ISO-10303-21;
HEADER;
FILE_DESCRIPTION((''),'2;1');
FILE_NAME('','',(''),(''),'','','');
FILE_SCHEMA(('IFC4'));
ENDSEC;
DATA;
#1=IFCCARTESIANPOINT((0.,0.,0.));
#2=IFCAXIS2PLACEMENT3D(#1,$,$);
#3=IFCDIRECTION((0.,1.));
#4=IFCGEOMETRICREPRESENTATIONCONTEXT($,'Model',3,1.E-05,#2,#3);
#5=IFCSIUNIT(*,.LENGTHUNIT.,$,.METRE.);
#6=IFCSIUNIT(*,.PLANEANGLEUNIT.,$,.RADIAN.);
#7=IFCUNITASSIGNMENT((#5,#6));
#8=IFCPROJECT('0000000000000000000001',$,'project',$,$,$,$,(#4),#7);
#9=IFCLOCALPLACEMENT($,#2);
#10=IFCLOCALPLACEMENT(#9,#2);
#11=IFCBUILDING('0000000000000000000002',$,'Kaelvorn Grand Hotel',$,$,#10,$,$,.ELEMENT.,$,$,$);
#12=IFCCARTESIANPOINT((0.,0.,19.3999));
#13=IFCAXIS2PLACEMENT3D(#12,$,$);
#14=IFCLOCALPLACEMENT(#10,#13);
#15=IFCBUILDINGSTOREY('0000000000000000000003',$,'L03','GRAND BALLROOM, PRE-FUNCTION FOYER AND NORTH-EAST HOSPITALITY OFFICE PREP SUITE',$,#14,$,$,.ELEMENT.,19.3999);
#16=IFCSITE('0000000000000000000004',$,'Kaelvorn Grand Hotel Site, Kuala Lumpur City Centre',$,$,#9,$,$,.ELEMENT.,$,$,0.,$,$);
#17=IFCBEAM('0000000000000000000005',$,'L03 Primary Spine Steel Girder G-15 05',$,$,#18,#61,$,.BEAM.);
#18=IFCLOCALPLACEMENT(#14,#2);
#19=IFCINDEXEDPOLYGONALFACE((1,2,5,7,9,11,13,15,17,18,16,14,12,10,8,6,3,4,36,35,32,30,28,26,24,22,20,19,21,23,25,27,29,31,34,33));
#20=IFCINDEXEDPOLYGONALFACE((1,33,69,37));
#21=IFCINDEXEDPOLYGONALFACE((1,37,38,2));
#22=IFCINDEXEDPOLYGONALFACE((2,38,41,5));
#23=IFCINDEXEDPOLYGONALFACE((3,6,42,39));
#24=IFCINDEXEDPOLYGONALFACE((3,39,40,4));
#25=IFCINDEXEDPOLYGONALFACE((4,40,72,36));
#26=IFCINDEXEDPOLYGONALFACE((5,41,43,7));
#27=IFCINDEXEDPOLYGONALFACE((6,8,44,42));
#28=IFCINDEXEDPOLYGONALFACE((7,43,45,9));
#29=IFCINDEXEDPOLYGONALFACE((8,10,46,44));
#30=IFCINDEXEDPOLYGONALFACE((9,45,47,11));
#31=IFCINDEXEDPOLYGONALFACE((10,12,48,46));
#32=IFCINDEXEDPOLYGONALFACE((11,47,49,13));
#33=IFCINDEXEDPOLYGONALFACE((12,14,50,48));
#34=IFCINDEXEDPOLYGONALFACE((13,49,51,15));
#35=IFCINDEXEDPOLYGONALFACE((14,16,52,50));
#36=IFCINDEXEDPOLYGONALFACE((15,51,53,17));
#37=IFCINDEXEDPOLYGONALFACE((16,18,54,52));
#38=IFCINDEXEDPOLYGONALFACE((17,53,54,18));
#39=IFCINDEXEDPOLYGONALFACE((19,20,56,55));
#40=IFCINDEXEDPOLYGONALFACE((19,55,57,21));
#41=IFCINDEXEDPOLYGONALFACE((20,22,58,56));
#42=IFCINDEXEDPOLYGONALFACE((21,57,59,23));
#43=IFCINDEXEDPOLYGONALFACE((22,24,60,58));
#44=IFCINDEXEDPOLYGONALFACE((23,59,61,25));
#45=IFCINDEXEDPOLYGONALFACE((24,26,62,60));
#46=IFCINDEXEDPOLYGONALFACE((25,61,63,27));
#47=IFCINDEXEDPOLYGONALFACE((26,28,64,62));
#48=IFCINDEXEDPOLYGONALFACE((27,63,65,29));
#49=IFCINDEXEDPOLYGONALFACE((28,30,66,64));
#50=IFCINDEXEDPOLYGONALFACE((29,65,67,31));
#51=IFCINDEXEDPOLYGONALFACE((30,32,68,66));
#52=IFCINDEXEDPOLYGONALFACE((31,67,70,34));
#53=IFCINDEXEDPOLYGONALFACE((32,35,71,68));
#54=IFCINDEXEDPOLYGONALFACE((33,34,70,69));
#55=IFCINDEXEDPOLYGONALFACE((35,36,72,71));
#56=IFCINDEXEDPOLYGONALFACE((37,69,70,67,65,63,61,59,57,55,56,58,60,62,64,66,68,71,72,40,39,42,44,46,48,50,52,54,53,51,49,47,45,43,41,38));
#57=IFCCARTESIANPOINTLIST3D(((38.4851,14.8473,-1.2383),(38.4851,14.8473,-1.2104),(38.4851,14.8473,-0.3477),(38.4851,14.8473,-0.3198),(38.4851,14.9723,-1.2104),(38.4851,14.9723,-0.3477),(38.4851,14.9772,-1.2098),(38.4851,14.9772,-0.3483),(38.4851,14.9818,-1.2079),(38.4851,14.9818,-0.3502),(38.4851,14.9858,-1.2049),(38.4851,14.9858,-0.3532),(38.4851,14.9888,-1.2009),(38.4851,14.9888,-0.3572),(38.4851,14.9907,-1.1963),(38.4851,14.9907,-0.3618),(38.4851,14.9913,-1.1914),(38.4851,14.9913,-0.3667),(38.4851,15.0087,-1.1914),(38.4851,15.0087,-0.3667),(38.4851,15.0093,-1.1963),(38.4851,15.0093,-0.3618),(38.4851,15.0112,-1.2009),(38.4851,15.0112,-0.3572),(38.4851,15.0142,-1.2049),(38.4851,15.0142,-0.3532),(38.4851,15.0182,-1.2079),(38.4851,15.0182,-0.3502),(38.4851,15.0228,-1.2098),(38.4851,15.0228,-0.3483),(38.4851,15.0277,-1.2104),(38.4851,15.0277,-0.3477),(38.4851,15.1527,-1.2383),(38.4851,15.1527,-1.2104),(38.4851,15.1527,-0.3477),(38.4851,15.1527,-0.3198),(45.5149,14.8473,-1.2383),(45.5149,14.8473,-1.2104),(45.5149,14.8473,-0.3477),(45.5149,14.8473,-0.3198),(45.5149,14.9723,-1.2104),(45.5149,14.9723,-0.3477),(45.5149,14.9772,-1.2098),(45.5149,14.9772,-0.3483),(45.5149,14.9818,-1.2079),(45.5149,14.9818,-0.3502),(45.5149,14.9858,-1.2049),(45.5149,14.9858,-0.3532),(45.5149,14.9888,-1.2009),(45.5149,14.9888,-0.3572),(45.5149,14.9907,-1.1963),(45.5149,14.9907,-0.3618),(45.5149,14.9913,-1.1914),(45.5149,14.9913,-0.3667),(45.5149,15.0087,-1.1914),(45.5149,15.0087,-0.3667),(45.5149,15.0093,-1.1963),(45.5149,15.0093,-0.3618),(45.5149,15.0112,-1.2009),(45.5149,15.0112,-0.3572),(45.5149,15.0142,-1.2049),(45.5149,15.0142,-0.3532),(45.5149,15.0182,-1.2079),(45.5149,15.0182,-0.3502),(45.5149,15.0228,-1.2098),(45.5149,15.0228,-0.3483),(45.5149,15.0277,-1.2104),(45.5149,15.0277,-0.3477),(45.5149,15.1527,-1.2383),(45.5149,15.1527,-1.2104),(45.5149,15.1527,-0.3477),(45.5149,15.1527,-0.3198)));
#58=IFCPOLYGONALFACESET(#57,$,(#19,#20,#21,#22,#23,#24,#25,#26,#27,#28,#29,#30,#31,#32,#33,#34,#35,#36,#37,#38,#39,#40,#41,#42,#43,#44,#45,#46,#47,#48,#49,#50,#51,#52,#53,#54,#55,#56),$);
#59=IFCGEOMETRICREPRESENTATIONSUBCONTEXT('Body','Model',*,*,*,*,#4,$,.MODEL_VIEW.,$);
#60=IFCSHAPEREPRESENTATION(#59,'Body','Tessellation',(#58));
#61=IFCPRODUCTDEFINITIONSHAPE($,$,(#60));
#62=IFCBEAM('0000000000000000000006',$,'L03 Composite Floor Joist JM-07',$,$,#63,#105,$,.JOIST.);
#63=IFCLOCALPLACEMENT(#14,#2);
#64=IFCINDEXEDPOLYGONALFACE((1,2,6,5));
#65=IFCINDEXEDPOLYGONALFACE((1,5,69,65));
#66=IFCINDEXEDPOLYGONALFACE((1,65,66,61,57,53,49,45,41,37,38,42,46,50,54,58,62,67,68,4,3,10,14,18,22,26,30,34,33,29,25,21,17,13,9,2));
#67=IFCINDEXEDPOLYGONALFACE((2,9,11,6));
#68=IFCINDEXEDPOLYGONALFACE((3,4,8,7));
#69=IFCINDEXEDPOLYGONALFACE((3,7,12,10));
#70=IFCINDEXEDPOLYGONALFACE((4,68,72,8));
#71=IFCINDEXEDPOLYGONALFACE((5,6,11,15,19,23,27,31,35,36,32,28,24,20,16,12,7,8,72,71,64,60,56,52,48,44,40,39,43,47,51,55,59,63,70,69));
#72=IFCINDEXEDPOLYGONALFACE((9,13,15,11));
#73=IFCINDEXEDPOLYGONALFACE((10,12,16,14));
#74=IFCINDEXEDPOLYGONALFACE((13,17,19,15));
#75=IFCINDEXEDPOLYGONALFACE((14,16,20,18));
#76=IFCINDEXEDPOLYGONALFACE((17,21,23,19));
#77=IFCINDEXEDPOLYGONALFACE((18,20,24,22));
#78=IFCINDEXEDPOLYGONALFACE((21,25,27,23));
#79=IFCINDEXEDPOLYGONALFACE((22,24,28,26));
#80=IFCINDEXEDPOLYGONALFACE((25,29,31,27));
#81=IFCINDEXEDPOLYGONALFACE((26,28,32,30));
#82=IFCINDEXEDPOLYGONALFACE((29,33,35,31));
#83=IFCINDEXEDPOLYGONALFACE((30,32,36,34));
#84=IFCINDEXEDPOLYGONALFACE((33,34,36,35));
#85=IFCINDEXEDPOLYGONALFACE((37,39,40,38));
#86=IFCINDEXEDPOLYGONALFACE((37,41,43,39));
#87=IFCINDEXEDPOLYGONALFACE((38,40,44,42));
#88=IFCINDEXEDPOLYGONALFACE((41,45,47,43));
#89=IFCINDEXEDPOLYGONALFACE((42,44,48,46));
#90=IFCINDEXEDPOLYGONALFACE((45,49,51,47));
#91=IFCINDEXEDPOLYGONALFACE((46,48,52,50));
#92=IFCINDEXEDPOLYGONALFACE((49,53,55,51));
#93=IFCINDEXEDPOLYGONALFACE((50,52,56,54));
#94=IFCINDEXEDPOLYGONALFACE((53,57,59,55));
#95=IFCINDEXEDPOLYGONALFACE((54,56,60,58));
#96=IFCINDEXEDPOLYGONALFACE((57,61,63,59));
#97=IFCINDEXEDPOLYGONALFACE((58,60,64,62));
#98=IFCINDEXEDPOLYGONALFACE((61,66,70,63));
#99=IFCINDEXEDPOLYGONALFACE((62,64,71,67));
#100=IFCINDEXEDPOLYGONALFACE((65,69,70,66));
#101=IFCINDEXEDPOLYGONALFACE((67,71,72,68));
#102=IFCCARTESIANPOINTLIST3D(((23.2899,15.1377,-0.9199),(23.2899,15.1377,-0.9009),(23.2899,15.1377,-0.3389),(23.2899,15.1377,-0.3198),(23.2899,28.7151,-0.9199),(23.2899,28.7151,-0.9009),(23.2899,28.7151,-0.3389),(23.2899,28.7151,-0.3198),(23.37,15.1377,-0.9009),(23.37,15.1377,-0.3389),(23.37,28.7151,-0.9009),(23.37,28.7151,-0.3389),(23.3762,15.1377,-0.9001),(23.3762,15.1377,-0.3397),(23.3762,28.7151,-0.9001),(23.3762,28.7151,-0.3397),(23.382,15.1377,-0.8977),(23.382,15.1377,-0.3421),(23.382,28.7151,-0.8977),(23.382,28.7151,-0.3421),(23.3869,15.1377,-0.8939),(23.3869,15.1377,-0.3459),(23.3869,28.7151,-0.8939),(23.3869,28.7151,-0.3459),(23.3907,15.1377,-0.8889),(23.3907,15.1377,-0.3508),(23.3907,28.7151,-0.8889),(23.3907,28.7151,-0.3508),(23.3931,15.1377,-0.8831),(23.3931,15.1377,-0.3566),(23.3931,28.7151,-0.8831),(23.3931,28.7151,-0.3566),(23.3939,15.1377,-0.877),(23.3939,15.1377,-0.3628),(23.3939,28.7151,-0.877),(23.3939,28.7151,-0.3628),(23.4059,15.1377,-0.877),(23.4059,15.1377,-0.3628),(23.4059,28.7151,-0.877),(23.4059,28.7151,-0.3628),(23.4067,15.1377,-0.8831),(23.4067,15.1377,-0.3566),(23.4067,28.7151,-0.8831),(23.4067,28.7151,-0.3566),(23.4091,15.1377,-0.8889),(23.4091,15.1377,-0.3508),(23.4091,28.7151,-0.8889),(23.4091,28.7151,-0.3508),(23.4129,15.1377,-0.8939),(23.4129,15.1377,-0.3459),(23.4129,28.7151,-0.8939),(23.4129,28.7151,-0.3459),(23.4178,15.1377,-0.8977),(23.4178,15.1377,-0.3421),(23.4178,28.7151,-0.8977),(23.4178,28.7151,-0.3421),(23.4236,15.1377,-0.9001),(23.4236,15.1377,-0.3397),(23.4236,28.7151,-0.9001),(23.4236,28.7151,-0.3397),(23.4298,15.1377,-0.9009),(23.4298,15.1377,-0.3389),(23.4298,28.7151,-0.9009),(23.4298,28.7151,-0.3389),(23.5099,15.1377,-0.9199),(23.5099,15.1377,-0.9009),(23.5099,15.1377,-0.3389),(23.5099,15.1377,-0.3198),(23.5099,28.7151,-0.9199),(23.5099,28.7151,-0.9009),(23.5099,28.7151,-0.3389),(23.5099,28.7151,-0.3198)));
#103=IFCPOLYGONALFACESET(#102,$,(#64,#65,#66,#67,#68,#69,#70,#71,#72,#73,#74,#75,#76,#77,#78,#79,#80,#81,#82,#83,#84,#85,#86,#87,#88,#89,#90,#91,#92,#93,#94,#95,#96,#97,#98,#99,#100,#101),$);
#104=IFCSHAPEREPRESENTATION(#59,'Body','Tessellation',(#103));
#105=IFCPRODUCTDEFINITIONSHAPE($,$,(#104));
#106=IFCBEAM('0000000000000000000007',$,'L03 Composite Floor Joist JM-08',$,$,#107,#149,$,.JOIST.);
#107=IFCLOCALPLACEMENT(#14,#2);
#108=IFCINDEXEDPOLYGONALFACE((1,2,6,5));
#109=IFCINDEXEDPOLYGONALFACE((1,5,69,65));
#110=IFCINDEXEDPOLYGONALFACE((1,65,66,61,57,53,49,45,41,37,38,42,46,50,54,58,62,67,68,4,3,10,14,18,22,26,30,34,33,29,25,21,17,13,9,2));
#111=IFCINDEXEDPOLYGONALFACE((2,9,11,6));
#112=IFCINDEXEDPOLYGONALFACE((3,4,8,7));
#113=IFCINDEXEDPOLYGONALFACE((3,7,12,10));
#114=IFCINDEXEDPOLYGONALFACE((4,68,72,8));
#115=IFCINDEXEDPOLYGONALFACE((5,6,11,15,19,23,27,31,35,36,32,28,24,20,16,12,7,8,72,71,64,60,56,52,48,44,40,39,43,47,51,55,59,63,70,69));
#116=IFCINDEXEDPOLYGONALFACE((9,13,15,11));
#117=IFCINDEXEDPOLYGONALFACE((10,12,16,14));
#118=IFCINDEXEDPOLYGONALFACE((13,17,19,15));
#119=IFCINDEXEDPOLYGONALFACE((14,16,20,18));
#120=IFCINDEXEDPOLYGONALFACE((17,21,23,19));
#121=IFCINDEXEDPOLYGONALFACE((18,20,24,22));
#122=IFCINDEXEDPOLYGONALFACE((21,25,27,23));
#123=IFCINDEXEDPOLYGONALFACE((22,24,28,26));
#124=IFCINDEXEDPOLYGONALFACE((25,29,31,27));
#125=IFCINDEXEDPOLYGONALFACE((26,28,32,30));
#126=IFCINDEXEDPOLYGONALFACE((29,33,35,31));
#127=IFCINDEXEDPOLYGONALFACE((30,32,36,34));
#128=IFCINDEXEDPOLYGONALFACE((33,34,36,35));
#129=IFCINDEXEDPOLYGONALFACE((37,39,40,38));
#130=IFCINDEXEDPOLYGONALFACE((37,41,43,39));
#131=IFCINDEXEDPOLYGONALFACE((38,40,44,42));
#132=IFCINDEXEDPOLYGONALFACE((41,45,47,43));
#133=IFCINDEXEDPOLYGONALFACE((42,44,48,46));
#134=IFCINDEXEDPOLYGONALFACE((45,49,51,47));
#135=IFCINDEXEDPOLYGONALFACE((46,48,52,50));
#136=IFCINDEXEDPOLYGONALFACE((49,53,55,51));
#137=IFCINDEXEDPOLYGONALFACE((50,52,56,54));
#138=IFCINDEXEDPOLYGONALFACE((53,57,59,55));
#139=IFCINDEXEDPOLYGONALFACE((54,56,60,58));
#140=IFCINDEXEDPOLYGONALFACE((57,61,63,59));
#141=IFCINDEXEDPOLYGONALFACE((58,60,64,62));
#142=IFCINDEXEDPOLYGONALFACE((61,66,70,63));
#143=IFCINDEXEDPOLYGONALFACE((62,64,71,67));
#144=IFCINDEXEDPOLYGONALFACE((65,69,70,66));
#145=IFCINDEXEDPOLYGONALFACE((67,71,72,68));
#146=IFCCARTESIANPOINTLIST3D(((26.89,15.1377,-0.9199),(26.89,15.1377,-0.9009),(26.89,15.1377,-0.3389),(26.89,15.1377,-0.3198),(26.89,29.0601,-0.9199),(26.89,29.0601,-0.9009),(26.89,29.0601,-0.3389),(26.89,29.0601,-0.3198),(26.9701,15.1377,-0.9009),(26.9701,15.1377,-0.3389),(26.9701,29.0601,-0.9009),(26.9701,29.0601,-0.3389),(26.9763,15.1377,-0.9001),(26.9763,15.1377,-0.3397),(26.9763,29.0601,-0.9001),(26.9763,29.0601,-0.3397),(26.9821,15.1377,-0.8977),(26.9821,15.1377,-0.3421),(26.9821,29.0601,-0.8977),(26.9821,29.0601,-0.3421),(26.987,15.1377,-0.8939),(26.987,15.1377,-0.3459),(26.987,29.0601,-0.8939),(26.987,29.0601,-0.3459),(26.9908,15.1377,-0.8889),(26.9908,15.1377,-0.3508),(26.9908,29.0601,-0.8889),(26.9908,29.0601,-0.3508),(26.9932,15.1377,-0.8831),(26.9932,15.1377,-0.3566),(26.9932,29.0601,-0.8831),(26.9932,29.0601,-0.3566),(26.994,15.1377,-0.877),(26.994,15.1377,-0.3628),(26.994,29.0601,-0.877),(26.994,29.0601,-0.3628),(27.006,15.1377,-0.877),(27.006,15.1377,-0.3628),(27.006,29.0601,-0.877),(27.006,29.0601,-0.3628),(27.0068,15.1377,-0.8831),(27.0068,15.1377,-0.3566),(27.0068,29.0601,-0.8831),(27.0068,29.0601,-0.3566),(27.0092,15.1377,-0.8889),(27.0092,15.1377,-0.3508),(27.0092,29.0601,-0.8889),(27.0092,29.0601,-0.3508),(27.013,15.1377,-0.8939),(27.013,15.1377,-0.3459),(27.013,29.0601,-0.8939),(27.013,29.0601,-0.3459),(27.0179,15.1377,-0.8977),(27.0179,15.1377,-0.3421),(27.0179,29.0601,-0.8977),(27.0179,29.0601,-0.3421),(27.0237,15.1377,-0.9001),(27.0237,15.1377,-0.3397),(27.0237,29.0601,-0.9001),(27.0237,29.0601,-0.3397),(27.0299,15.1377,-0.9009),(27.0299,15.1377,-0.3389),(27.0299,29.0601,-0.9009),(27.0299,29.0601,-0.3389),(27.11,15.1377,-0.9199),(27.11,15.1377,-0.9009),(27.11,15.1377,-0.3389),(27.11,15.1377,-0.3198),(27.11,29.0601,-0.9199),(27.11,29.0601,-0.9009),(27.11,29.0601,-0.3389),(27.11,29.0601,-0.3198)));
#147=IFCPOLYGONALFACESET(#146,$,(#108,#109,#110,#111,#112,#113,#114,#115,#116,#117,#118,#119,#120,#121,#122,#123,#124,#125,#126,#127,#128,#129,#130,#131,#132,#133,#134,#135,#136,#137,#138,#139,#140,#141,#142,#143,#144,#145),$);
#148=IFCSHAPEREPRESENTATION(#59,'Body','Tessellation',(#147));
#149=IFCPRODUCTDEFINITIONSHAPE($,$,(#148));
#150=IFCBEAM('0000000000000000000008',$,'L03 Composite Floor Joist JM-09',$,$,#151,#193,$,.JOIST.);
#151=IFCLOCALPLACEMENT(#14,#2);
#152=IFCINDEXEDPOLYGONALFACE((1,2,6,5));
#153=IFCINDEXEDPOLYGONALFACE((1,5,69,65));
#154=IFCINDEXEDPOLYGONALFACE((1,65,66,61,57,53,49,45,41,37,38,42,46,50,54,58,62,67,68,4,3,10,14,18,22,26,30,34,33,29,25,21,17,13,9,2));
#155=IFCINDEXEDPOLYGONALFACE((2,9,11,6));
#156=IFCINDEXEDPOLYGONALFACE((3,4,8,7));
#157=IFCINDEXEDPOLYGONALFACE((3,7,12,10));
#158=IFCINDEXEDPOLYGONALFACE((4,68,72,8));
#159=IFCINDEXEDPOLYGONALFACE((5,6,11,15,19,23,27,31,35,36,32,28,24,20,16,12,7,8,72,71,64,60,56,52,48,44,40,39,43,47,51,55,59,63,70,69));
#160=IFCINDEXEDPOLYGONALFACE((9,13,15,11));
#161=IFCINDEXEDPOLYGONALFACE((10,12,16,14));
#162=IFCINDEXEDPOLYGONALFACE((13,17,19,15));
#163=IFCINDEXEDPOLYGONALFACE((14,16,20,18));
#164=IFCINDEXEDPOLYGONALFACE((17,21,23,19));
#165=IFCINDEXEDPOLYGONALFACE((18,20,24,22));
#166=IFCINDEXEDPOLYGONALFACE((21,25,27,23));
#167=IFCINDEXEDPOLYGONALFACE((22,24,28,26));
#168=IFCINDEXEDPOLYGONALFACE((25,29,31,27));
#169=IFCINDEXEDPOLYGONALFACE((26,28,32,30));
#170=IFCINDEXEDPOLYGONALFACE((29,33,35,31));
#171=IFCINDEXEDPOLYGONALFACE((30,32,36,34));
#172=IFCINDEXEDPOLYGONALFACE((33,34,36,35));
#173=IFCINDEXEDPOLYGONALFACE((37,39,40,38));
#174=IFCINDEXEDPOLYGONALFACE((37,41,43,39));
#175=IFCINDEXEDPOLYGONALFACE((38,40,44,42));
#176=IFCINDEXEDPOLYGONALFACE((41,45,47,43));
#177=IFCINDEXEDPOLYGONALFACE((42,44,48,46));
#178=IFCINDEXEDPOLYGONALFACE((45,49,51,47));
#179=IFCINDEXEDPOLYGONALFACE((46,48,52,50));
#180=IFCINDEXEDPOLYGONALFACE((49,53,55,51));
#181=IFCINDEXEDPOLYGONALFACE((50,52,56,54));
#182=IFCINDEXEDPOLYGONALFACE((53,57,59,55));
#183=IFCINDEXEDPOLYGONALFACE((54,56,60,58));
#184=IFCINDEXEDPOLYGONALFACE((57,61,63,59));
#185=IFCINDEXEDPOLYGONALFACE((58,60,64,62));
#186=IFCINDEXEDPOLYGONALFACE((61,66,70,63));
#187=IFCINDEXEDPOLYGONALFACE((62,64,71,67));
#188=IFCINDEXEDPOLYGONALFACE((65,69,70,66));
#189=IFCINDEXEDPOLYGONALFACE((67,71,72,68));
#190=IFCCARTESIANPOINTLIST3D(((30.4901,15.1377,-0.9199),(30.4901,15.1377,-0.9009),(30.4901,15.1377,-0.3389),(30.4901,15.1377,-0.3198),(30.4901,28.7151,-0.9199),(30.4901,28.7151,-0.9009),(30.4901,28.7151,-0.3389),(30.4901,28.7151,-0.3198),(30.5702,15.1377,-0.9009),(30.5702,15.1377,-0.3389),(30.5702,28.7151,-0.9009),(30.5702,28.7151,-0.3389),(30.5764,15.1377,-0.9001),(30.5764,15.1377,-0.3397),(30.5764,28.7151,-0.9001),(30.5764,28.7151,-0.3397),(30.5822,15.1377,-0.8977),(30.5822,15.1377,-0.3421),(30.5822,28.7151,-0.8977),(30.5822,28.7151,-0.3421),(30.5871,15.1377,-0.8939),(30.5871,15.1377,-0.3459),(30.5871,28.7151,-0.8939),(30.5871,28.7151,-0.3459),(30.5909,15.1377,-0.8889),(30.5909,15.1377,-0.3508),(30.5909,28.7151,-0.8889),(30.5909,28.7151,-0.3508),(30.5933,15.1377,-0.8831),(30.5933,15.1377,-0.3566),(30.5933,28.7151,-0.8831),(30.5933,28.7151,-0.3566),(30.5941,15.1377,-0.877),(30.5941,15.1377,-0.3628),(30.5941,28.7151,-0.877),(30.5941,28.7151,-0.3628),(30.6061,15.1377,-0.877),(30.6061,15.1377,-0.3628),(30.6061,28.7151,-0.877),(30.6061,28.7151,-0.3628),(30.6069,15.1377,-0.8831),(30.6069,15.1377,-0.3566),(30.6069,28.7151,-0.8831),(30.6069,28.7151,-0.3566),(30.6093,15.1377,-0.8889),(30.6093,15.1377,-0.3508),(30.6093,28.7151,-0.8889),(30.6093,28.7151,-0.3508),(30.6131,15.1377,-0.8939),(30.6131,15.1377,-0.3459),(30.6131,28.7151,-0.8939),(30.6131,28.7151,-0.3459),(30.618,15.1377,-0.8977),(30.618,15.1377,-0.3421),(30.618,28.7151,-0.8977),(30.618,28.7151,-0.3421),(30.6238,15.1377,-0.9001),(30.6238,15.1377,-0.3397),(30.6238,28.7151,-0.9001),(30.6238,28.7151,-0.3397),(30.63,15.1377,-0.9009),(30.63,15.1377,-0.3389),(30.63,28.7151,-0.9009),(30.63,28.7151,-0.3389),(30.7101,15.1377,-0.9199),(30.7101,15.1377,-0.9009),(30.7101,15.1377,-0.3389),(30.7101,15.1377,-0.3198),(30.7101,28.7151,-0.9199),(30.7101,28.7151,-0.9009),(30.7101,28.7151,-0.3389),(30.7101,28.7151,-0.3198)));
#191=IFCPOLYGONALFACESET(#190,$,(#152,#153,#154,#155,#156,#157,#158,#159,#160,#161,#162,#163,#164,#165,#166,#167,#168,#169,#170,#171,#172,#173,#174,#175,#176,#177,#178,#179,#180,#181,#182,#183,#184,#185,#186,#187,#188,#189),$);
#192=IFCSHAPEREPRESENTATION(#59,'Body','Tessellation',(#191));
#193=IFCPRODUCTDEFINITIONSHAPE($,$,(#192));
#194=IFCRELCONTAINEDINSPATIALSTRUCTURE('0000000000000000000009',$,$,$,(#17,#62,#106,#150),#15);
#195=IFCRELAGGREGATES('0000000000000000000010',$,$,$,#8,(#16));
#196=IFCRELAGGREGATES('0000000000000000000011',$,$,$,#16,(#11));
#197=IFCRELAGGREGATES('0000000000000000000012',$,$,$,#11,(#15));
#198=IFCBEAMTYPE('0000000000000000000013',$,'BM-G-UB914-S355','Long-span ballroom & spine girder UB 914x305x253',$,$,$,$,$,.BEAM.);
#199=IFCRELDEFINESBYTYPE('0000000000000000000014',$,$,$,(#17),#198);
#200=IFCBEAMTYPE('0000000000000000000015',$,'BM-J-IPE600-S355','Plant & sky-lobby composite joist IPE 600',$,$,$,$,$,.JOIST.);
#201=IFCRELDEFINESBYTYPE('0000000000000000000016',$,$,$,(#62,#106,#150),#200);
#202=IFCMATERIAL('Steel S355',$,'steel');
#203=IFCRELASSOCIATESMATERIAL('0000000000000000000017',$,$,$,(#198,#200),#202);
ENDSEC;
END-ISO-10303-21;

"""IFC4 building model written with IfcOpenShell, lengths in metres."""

from ifc_helpers import new_model, si_unit, direction, frame, origin, origin_2d, place, context, subcontext, project, spatial, i_section, extrude, material, material_profile, profile_set, type_object, element, save


model = new_model("IFC4")

# Units and contexts
model_context = context("Model", 3, precision=1e-05, world=origin(), true_north=direction((0.0, 1.0)))
body_context = subcontext(model_context, "Body", "Model", "MODEL_VIEW")
ifc_project = project(units=[si_unit("LENGTHUNIT", "METRE"), si_unit("PLANEANGLEUNIT", "RADIAN")], contexts=[model_context])

# Site, building, storey
site_placement = place(None, origin())
site = spatial("IfcSite", under=ifc_project, at=site_placement, Name="Kaelvorn Grand Hotel Site, Kuala Lumpur City Centre", CompositionType="ELEMENT", RefElevation=0.0)
building_placement = place(site_placement, origin())
building = spatial("IfcBuilding", under=site, at=building_placement, Name="Kaelvorn Grand Hotel", CompositionType="ELEMENT")
storey_placement = place(building_placement, frame((0.0, 0.0, 19.3999)))
storey = spatial("IfcBuildingStorey", under=building, at=storey_placement, Name="L03", Description="GRAND BALLROOM, PRE-FUNCTION FOYER AND NORTH-EAST HOSPITALITY OFFICE PREP SUITE", CompositionType="ELEMENT", Elevation=19.3999)

# Beams
ifc_material_1 = material(Name="Steel S355", Category="steel")
ifc_material_profile_1 = material_profile(ifc_material_1, i_section(OverallWidth=0.3054, OverallDepth=0.9185, WebThickness=0.0173, FlangeThickness=0.0278, FilletRadius=0.019, at=origin_2d()), Name="UB 914x305x253")
ifc_profile_set_1 = profile_set([ifc_material_profile_1], Name="Steel S355")
beam_type_1 = type_object("IfcBeamType", Name="BM-G-UB914-S355", Description="Long-span ballroom & spine girder UB 914x305x253", PredefinedType="BEAM", material=ifc_profile_set_1)
beam_1_placement = place(storey_placement, frame((38.4851, 15.0, -0.7791), z_axis=(1.0, 0.0, 0.0), x_axis=(0.0, 1.0, 0.0)))
element("IfcBeam", 1, at=beam_1_placement, inside=storey, type_object=beam_type_1, Name="L03 Primary Spine Steel Girder G-15 05", PredefinedType="BEAM", context=body_context, shape_type="SweptSolid", body=[
    extrude(i_section(OverallWidth=0.3054, OverallDepth=0.9185, WebThickness=0.0173, FlangeThickness=0.0278, FilletRadius=0.019, at=origin_2d()), origin(), (0.0, 0.0, 1.0), 7.0298),
])
ifc_material_profile_2 = material_profile(ifc_material_1, i_section(OverallWidth=0.22, OverallDepth=0.6001, WebThickness=0.012, FlangeThickness=0.019, FilletRadius=0.0239, at=origin_2d()), Name="IPE 600")
ifc_profile_set_2 = profile_set([ifc_material_profile_2], Name="Steel S355")
beam_type_2 = type_object("IfcBeamType", Name="BM-J-IPE600-S355", Description="Plant & sky-lobby composite joist IPE 600", PredefinedType="JOIST", material=ifc_profile_set_2)
beam_2_placement = place(storey_placement, frame((23.3999, 15.1377, -0.6199), z_axis=(0.0, 1.0, 0.0), x_axis=(-1.0, 0.0, 0.0)))
element("IfcBeam", 2, at=beam_2_placement, inside=storey, type_object=beam_type_2, Name="L03 Composite Floor Joist JM-07", PredefinedType="JOIST", context=body_context, shape_type="SweptSolid", body=[
    extrude(i_section(OverallWidth=0.22, OverallDepth=0.6001, WebThickness=0.012, FlangeThickness=0.019, FilletRadius=0.0239, at=origin_2d()), origin(), (0.0, 0.0, 1.0), 13.5774),
])
beam_3_placement = place(storey_placement, frame((27.0, 15.1377, -0.6199), z_axis=(0.0, 1.0, 0.0), x_axis=(-1.0, 0.0, 0.0)))
element("IfcBeam", 3, at=beam_3_placement, inside=storey, type_object=beam_type_2, Name="L03 Composite Floor Joist JM-08", PredefinedType="JOIST", context=body_context, shape_type="SweptSolid", body=[
    extrude(i_section(OverallWidth=0.22, OverallDepth=0.6001, WebThickness=0.012, FlangeThickness=0.019, FilletRadius=0.0239, at=origin_2d()), origin(), (0.0, 0.0, 1.0), 13.9224),
])
beam_4_placement = place(storey_placement, frame((30.6001, 15.1377, -0.6199), z_axis=(0.0, 1.0, 0.0), x_axis=(-1.0, 0.0, 0.0)))
element("IfcBeam", 4, at=beam_4_placement, inside=storey, type_object=beam_type_2, Name="L03 Composite Floor Joist JM-09", PredefinedType="JOIST", context=body_context, shape_type="SweptSolid", body=[
    extrude(i_section(OverallWidth=0.22, OverallDepth=0.6001, WebThickness=0.012, FlangeThickness=0.019, FilletRadius=0.0239, at=origin_2d()), origin(), (0.0, 0.0, 1.0), 13.5774),
])

save(model, "model.ifc")
